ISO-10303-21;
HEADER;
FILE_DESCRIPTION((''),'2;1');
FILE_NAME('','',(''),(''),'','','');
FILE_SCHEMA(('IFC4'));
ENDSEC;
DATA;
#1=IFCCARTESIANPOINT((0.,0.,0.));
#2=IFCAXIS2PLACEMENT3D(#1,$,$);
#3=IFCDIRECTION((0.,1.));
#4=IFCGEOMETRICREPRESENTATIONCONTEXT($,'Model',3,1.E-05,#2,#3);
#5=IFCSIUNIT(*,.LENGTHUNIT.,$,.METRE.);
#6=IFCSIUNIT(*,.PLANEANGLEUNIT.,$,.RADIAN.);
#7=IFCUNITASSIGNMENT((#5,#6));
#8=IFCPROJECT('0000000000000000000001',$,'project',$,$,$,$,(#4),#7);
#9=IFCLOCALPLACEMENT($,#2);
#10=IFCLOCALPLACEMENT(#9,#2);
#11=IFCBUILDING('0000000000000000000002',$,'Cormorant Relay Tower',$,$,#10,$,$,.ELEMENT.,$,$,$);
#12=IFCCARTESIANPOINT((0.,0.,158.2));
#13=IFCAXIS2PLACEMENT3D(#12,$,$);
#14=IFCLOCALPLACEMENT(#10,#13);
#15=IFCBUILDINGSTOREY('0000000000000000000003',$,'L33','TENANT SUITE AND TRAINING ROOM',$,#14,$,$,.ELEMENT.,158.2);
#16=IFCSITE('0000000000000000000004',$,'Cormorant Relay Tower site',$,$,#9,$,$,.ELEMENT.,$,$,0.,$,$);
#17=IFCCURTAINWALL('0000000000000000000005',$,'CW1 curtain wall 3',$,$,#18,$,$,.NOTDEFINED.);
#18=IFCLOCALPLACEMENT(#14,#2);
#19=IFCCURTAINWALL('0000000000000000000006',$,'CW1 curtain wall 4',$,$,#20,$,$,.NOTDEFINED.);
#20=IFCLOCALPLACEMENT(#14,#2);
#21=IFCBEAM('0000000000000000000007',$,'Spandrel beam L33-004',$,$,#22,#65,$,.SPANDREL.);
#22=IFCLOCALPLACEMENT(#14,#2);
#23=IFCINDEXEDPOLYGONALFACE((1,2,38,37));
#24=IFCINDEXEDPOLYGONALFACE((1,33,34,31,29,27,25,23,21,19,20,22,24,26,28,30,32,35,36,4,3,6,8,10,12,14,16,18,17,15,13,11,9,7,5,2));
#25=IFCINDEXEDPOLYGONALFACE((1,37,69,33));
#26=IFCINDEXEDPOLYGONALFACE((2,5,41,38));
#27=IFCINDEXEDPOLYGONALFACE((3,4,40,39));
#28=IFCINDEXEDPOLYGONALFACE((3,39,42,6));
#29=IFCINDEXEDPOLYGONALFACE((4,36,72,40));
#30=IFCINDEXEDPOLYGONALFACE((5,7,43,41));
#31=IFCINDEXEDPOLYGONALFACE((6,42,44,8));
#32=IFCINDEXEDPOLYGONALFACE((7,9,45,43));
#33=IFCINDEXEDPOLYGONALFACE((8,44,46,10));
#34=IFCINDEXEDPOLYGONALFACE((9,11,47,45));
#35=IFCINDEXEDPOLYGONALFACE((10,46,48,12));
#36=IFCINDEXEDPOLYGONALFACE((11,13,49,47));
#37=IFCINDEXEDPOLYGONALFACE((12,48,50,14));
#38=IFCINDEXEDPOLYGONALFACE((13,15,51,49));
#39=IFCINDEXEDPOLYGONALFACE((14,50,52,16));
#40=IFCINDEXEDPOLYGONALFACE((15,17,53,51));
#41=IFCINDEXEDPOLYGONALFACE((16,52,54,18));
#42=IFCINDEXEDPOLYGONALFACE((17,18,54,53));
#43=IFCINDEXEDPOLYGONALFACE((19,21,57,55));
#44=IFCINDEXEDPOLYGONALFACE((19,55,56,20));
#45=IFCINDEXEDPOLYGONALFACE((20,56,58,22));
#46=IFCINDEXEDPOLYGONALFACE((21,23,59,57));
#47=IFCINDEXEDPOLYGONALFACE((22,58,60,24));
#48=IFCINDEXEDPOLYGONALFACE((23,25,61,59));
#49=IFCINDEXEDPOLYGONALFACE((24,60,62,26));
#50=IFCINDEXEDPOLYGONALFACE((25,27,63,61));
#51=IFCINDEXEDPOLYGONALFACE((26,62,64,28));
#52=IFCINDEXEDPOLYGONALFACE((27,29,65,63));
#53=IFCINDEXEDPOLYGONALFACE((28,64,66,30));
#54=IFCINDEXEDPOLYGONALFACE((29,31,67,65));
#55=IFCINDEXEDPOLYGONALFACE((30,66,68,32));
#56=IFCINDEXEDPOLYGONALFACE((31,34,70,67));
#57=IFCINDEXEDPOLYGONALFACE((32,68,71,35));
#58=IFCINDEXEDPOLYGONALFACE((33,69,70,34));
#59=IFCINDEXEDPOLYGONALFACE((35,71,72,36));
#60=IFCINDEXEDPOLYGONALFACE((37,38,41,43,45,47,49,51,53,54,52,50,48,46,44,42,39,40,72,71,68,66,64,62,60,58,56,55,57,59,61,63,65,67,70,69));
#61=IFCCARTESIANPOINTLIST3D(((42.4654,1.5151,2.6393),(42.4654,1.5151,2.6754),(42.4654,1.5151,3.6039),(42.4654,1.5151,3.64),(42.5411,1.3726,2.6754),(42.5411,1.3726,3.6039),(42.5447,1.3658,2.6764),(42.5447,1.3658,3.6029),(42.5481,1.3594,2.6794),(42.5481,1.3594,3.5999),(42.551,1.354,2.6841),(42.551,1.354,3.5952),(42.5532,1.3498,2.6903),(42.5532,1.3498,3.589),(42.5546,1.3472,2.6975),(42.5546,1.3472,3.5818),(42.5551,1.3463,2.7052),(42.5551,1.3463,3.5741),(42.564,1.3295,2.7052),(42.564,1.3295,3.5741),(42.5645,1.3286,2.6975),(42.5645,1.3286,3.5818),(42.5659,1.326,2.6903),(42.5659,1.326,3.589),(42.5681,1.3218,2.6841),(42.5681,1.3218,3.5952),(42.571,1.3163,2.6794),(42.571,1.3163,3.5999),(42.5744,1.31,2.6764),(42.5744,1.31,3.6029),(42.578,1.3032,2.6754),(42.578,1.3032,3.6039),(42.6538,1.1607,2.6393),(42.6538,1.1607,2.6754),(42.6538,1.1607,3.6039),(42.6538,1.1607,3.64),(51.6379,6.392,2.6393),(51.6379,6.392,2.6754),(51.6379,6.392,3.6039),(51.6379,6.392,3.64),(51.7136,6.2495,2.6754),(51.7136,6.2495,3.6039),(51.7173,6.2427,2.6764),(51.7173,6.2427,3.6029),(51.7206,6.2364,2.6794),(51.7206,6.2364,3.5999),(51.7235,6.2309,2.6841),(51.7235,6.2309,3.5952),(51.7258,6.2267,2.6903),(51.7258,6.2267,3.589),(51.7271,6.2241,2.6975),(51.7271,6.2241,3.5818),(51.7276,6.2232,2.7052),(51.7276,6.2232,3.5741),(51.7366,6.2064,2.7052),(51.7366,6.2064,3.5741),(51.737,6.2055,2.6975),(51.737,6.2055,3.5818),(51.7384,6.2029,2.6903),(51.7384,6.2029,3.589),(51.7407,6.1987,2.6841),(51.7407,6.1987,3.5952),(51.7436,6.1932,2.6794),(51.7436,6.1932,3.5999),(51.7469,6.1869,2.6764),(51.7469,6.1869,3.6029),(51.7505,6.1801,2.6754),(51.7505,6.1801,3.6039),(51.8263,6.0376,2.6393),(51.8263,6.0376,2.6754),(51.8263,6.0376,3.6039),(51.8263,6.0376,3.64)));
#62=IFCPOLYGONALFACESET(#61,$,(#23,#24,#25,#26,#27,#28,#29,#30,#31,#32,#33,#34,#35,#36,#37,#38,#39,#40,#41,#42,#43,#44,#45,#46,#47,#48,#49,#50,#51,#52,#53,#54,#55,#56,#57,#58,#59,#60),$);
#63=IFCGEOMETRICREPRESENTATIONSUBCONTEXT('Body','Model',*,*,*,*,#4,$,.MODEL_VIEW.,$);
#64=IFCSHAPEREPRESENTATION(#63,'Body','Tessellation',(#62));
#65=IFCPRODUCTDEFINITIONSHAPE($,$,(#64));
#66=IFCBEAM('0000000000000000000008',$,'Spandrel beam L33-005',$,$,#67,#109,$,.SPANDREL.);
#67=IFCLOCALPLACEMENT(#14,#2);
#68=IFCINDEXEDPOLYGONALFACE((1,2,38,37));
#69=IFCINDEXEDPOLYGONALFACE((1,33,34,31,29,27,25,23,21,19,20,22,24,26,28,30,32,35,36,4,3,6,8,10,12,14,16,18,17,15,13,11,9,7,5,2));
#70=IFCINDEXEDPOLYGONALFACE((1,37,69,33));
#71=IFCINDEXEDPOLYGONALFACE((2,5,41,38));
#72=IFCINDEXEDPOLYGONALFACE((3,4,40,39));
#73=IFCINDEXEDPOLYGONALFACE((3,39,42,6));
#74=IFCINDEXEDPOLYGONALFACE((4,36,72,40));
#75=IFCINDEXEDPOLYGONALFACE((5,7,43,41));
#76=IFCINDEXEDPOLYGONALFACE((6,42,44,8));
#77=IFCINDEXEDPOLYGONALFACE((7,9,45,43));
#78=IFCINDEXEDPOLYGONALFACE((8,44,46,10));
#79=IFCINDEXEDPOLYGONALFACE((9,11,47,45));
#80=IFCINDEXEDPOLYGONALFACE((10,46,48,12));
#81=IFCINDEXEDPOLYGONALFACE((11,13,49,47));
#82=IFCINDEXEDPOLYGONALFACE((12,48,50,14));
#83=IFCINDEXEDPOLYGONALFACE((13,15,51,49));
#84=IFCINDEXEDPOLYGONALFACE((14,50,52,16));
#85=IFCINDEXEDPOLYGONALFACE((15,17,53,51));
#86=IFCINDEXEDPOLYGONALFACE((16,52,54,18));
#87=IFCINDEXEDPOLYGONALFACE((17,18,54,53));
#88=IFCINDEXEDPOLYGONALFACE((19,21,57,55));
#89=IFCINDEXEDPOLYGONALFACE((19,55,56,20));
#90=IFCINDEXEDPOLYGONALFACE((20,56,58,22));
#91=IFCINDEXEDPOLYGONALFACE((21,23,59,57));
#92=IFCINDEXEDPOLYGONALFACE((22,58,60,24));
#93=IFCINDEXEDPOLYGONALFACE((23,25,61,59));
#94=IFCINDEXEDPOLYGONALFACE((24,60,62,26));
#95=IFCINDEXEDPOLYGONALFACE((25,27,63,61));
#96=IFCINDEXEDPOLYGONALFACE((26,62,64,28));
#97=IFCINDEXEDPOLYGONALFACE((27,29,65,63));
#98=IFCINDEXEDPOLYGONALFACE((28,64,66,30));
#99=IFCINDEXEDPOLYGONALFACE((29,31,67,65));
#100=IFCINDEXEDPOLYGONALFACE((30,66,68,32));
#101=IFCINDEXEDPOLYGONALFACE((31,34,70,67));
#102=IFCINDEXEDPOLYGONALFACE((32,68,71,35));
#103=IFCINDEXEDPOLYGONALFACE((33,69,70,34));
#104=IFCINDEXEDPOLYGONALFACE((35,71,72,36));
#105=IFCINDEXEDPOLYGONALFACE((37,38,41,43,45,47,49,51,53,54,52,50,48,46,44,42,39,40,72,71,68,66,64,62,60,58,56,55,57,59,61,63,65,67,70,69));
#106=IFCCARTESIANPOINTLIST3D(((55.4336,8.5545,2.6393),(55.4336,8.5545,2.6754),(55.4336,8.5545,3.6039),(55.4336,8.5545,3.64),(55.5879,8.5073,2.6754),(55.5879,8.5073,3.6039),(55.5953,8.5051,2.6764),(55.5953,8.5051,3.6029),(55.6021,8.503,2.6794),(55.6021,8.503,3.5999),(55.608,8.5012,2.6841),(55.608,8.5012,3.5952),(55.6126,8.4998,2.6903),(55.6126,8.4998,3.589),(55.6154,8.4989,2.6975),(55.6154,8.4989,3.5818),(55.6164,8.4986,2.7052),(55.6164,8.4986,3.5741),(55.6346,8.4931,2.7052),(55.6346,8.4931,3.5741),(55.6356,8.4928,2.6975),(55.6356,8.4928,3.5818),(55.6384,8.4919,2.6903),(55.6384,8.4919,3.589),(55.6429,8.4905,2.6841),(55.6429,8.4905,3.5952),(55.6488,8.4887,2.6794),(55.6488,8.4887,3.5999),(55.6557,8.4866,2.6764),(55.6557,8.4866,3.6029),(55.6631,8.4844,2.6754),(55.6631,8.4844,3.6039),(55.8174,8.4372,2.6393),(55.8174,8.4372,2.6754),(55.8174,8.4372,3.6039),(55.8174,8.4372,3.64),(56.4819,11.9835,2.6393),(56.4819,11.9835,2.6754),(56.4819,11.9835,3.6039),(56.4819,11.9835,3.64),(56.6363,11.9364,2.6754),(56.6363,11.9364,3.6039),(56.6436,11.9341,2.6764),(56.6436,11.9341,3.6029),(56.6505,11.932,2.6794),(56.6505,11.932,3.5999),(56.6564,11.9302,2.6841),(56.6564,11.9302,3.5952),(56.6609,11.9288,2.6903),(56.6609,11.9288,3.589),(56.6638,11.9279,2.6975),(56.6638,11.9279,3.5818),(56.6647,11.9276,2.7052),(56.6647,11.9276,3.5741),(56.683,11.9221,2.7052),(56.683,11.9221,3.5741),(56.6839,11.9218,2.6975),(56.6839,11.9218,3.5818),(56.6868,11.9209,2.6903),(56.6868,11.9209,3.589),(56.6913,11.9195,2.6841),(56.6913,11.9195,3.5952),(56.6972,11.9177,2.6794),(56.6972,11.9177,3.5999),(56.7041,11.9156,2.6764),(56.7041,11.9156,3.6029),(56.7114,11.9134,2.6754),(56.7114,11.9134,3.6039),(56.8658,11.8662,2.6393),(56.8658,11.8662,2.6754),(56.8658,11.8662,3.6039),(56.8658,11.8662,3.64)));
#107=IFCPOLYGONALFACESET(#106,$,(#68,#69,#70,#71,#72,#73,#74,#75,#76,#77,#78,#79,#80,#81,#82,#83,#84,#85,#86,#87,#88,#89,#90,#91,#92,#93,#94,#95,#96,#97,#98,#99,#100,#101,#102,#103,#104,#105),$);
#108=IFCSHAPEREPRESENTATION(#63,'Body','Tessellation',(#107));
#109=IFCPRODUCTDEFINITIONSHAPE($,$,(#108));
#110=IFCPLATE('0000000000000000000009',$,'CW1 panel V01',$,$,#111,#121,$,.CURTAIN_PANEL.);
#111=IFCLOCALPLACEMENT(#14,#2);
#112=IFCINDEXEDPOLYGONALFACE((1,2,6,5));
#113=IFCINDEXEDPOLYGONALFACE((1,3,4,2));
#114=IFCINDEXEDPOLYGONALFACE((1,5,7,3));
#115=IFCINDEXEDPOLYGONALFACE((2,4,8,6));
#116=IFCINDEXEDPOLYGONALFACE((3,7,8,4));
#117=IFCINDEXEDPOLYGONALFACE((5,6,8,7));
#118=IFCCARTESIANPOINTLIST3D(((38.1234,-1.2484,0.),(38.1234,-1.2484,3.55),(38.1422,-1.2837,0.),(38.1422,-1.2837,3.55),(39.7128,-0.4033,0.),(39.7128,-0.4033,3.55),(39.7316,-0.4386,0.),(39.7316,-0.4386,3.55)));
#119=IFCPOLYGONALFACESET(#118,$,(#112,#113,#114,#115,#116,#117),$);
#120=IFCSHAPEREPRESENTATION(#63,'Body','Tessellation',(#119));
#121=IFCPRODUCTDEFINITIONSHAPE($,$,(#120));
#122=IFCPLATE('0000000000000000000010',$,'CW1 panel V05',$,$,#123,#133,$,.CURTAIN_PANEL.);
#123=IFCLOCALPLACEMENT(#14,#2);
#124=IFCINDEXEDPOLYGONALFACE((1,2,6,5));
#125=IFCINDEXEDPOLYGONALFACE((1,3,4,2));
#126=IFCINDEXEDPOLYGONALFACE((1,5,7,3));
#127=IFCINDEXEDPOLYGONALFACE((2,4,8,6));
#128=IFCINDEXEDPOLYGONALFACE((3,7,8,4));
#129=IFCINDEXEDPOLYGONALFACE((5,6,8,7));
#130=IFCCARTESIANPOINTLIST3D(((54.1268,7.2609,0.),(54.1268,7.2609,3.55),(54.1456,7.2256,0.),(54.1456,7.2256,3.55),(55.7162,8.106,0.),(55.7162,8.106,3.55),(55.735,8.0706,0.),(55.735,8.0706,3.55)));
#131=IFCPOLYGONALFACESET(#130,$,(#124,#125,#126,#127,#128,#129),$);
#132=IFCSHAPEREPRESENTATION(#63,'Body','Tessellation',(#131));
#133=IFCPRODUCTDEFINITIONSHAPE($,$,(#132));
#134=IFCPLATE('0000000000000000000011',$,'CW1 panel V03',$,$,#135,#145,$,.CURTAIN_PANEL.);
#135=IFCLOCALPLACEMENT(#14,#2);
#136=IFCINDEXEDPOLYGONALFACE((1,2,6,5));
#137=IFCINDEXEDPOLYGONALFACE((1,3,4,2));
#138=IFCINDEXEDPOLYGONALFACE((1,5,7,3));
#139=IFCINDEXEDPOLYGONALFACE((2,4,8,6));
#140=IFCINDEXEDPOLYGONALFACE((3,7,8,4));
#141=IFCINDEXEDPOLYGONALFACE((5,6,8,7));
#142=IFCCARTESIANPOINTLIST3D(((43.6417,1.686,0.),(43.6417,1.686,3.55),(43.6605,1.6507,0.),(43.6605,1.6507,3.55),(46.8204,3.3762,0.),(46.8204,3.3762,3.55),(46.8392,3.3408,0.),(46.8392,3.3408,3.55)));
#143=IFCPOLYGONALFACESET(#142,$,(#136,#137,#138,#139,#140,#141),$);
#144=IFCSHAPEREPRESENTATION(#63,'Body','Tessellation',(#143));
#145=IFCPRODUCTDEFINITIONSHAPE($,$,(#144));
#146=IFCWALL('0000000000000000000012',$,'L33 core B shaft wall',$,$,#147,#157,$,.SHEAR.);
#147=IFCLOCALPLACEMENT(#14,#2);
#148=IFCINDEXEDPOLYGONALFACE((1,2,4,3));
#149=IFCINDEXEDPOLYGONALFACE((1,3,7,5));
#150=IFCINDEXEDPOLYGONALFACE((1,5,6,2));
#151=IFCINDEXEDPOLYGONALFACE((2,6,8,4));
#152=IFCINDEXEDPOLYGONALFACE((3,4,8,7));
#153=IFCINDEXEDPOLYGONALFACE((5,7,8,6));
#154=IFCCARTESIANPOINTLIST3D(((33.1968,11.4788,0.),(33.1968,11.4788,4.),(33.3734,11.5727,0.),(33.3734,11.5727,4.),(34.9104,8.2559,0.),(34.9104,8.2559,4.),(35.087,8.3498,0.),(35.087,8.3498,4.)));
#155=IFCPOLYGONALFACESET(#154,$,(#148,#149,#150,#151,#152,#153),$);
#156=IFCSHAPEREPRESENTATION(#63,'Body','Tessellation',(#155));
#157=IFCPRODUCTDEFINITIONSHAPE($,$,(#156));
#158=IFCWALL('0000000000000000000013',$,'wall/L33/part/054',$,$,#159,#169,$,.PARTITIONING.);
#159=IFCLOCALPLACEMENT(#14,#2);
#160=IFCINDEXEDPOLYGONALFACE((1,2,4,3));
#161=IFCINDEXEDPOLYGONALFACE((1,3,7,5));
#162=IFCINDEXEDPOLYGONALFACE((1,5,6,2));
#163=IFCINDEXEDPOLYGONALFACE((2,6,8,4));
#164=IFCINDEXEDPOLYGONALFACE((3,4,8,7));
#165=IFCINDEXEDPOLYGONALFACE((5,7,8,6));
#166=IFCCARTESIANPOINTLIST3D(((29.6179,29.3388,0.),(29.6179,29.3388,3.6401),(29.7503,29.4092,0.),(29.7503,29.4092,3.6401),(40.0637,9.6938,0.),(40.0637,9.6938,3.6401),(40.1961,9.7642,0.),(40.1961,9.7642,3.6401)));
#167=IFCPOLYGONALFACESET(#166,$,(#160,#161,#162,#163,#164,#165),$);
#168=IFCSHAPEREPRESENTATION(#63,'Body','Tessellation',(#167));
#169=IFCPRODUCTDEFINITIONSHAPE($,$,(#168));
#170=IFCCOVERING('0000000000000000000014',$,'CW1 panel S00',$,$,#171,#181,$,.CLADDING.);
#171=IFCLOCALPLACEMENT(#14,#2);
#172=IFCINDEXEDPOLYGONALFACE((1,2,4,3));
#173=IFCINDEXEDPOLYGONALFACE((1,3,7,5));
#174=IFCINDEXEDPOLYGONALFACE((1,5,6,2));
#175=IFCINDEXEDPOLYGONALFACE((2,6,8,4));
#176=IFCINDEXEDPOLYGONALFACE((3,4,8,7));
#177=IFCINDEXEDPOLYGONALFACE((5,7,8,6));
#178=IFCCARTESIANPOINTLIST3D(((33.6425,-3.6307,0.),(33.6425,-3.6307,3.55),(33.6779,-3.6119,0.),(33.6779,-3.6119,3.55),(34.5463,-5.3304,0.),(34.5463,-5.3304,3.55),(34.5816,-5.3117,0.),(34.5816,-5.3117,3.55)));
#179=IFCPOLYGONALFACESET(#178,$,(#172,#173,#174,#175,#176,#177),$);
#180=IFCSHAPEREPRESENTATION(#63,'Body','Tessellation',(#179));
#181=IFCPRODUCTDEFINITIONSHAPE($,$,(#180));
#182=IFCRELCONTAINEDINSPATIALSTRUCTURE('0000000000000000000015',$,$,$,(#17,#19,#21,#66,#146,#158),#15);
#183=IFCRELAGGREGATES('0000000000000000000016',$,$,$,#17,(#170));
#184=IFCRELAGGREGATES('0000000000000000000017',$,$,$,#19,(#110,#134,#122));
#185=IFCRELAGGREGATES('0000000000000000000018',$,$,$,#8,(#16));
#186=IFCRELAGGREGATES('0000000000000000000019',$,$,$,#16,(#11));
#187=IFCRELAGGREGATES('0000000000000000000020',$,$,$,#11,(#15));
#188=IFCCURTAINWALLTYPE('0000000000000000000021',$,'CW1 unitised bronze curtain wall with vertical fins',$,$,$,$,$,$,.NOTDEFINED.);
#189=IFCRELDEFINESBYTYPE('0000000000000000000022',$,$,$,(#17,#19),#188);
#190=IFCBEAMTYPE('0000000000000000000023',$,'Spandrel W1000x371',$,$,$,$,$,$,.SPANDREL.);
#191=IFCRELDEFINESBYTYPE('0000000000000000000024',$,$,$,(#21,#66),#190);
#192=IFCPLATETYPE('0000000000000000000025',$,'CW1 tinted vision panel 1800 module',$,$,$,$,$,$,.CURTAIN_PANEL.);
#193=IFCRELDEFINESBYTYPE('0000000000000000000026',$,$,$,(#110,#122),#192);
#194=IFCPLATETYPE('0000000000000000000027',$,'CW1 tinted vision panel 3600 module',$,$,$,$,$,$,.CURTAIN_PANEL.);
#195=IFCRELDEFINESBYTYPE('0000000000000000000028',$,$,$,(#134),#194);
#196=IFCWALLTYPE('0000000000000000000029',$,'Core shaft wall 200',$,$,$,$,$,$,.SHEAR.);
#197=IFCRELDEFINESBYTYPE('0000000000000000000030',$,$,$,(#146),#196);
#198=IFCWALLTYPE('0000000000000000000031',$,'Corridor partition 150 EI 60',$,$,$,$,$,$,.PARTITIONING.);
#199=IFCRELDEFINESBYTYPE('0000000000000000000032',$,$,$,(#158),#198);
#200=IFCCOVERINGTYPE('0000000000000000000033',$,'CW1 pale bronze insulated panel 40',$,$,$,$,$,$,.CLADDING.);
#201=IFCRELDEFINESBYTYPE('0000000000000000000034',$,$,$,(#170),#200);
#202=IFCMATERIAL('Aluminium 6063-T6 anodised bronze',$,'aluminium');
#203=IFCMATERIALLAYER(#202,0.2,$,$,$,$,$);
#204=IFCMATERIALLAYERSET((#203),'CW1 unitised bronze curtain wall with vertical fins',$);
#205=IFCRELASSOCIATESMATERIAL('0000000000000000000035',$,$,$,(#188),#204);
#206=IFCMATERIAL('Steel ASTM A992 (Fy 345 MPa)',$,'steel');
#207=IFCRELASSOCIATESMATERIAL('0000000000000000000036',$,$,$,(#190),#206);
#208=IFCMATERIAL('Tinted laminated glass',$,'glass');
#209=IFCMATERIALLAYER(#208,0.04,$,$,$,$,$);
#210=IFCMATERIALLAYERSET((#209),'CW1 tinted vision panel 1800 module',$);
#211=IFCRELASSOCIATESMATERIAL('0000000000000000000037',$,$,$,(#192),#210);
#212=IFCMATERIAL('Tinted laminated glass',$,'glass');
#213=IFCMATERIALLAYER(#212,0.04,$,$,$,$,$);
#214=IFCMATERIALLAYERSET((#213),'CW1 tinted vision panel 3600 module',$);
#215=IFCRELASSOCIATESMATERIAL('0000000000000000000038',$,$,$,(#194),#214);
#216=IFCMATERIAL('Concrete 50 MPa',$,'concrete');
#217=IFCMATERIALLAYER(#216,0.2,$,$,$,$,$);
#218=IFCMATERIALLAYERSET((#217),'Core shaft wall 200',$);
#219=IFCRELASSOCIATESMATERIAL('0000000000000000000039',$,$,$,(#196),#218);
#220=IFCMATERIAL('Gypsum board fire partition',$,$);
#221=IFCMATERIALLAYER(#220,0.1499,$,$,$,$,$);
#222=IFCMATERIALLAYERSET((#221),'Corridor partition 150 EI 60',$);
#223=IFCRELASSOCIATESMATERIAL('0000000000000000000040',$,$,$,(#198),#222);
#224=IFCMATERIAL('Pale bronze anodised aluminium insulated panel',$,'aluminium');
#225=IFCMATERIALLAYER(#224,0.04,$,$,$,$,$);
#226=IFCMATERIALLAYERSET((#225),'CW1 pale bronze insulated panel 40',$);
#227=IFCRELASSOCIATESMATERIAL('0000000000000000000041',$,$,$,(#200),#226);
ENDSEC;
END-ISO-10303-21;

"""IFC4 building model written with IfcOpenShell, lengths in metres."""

from ifc_helpers import new_model, si_unit, direction, frame, frame_2d, origin, origin_2d, place, context, subcontext, project, spatial, rectangle, i_section, extrude, material, layer, layer_set, material_profile, profile_set, type_object, element, aggregate, save


model = new_model("IFC4")

# Units and contexts
model_context = context("Model", 3, precision=1e-05, world=origin(), true_north=direction((0.0, 1.0)))
body_context = subcontext(model_context, "Body", "Model", "MODEL_VIEW")
ifc_project = project(units=[si_unit("LENGTHUNIT", "METRE"), si_unit("PLANEANGLEUNIT", "RADIAN")], contexts=[model_context])

# Site, building, storey
site_placement = place(None, origin())
site = spatial("IfcSite", under=ifc_project, at=site_placement, Name="Cormorant Relay Tower site", CompositionType="ELEMENT", RefElevation=0.0)
building_placement = place(site_placement, origin())
building = spatial("IfcBuilding", under=site, at=building_placement, Name="Cormorant Relay Tower", CompositionType="ELEMENT")
storey_placement = place(building_placement, frame((0.0, 0.0, 158.2)))
storey = spatial("IfcBuildingStorey", under=building, at=storey_placement, Name="L33", Description="TENANT SUITE AND TRAINING ROOM", CompositionType="ELEMENT", Elevation=158.2)

# Curtain wall
ifc_material_1 = material(Name="Aluminium 6063-T6 anodised bronze", Category="aluminium")
ifc_layer_1 = layer(ifc_material_1, 0.2)
ifc_layer_set_1 = layer_set([ifc_layer_1], Name="CW1 unitised bronze curtain wall with vertical fins")
curtain_wall_type = type_object("IfcCurtainWallType", Name="CW1 unitised bronze curtain wall with vertical fins", PredefinedType="NOTDEFINED", material=ifc_layer_set_1)
curtain_wall_1_placement = place(storey_placement, origin())
curtain_wall_1 = element("IfcCurtainWall", 1, at=curtain_wall_1_placement, inside=storey, type_object=curtain_wall_type, Name="CW1 curtain wall 3", PredefinedType="NOTDEFINED")

# Curtain wall
curtain_wall_2_placement = place(storey_placement, origin())
curtain_wall_2 = element("IfcCurtainWall", 2, at=curtain_wall_2_placement, inside=storey, type_object=curtain_wall_type, Name="CW1 curtain wall 4", PredefinedType="NOTDEFINED")

# Beams
ifc_material_2 = material(Name="Steel ASTM A992 (Fy 345 MPa)", Category="steel")
ifc_material_profile_1 = material_profile(ifc_material_2, i_section(OverallWidth=0.4014, OverallDepth=1.0007, WebThickness=0.019, FlangeThickness=0.0361, FilletRadius=0.0298, at=origin_2d()), Name="W1000x371")
ifc_profile_set_1 = profile_set([ifc_material_profile_1], Name="Steel ASTM A992 (Fy 345 MPa)")
beam_type = type_object("IfcBeamType", Name="Spandrel W1000x371", PredefinedType="SPANDREL", material=ifc_profile_set_1)
beam_1_placement = place(storey_placement, frame((42.5596, 1.3379, 3.1396), z_axis=(0.882956, 0.469456, 0.0), x_axis=(-0.469456, 0.882956, 0.0)))
element("IfcBeam", 3, at=beam_1_placement, inside=storey, type_object=beam_type, Name="Spandrel beam L33-004", PredefinedType="SPANDREL", context=body_context, shape_type="SweptSolid", body=[
    extrude(i_section(OverallWidth=0.4014, OverallDepth=1.0007, WebThickness=0.019, FlangeThickness=0.0361, FilletRadius=0.0298, at=origin_2d()), origin(), (0.0, 0.0, 1.0), 10.3884),
])
beam_2_placement = place(storey_placement, frame((55.6255, 8.4958, 3.1396), z_axis=(0.292372, 0.956305, 0.0), x_axis=(-0.956305, 0.292372, 0.0)))
element("IfcBeam", 4, at=beam_2_placement, inside=storey, type_object=beam_type, Name="Spandrel beam L33-005", PredefinedType="SPANDREL", context=body_context, shape_type="SweptSolid", body=[
    extrude(i_section(OverallWidth=0.4014, OverallDepth=1.0007, WebThickness=0.019, FlangeThickness=0.0361, FilletRadius=0.0298, at=origin_2d()), origin(), (0.0, 0.0, 1.0), 3.5857),
])

# Plates
ifc_material_3 = material(Name="Tinted laminated glass", Category="glass")
ifc_layer_2 = layer(ifc_material_3, 0.04)
ifc_layer_set_2 = layer_set([ifc_layer_2], Name="CW1 tinted vision panel 1800 module")
plate_type_1 = type_object("IfcPlateType", Name="CW1 tinted vision panel 1800 module", PredefinedType="CURTAIN_PANEL", material=ifc_layer_set_2)
plate_1_placement = place(storey_placement, frame((38.9275, -0.8435, 0.0), z_axis=(0.0, 0.0, 1.0), x_axis=(0.882948, 0.469472, 0.0)))
plate_1 = element("IfcPlate", 5, at=plate_1_placement, type_object=plate_type_1, Name="CW1 panel V01", PredefinedType="CURTAIN_PANEL", context=body_context, shape_type="SweptSolid", body=[
    extrude(rectangle(XDim=1.8, YDim=0.04, at=origin_2d()), origin(), (0.0, 0.0, 1.0), 3.55),
])
plate_2_placement = place(storey_placement, frame((54.9309, 7.6658, 0.0), z_axis=(0.0, 0.0, 1.0), x_axis=(0.882948, 0.469472, 0.0)))
plate_2 = element("IfcPlate", 6, at=plate_2_placement, type_object=plate_type_1, Name="CW1 panel V05", PredefinedType="CURTAIN_PANEL", context=body_context, shape_type="SweptSolid", body=[
    extrude(rectangle(XDim=1.8, YDim=0.04, at=origin_2d()), origin(), (0.0, 0.0, 1.0), 3.55),
])
ifc_material_4 = material(Name="Tinted laminated glass", Category="glass")
ifc_layer_3 = layer(ifc_material_4, 0.04)
ifc_layer_set_3 = layer_set([ifc_layer_3], Name="CW1 tinted vision panel 3600 module")
plate_type_2 = type_object("IfcPlateType", Name="CW1 tinted vision panel 3600 module", PredefinedType="CURTAIN_PANEL", material=ifc_layer_set_3)
plate_3_placement = place(storey_placement, frame((45.2405, 2.5134, 0.0), z_axis=(0.0, 0.0, 1.0), x_axis=(0.882948, 0.469472, 0.0)))
plate_3 = element("IfcPlate", 7, at=plate_3_placement, type_object=plate_type_2, Name="CW1 panel V03", PredefinedType="CURTAIN_PANEL", context=body_context, shape_type="SweptSolid", body=[
    extrude(rectangle(XDim=3.6001, YDim=0.04, at=origin_2d()), origin(), (0.0, 0.0, 1.0), 3.55),
])

# Wall
ifc_material_5 = material(Name="Concrete 50 MPa", Category="concrete")
ifc_layer_4 = layer(ifc_material_5, 0.2)
ifc_layer_set_4 = layer_set([ifc_layer_4], Name="Core shaft wall 200")
wall_type_1 = type_object("IfcWallType", Name="Core shaft wall 200", PredefinedType="SHEAR", material=ifc_layer_set_4)
wall_1_placement = place(storey_placement, frame((34.9988, 8.3027, 0.0), z_axis=(0.0, 0.0, 1.0), x_axis=(-0.469467, 0.88295, 0.0)))
element("IfcWall", 8, at=wall_1_placement, inside=storey, type_object=wall_type_1, Name="L33 core B shaft wall", PredefinedType="SHEAR", context=body_context, shape_type="SweptSolid", body=[
    extrude(rectangle(XDim=3.6501, YDim=0.2, at=frame_2d((1.8252, 0.0))), origin(), (0.0, 0.0, 1.0), 4.0),
])

# Wall
ifc_material_6 = material(Name="Gypsum board fire partition")
ifc_layer_5 = layer(ifc_material_6, 0.1499)
ifc_layer_set_5 = layer_set([ifc_layer_5], Name="Corridor partition 150 EI 60")
wall_type_2 = type_object("IfcWallType", Name="Corridor partition 150 EI 60", PredefinedType="PARTITIONING", material=ifc_layer_set_5)
wall_2_placement = place(storey_placement, frame((40.1299, 9.729, 0.0), z_axis=(0.0, 0.0, 1.0), x_axis=(-0.469484, 0.882941, 0.0)))
element("IfcWall", 9, at=wall_2_placement, inside=storey, type_object=wall_type_2, Name="wall/L33/part/054", PredefinedType="PARTITIONING", context=body_context, shape_type="SweptSolid", body=[
    extrude(rectangle(XDim=22.2495, YDim=0.1499, at=frame_2d((11.1248, 0.0))), origin(), (0.0, 0.0, 1.0), 3.6401),
])

# Covering
ifc_material_7 = material(Name="Pale bronze anodised aluminium insulated panel", Category="aluminium")
ifc_layer_6 = layer(ifc_material_7, 0.04)
ifc_layer_set_6 = layer_set([ifc_layer_6], Name="CW1 pale bronze insulated panel 40")
covering_type = type_object("IfcCoveringType", Name="CW1 pale bronze insulated panel 40", PredefinedType="CLADDING", material=ifc_layer_set_6)
covering_1_placement = place(storey_placement, frame((34.1121, -4.4712, 0.0), z_axis=(0.0, 0.0, 1.0), x_axis=(-0.469472, 0.882948, 0.0)))
covering_1 = element("IfcCovering", 10, at=covering_1_placement, type_object=covering_type, Name="CW1 panel S00", PredefinedType="CLADDING", context=body_context, shape_type="SweptSolid", body=[
    extrude(rectangle(XDim=1.925, YDim=0.04, at=origin_2d()), origin(), (0.0, 0.0, 1.0), 3.55),
])
aggregate(curtain_wall_1, [covering_1])
aggregate(curtain_wall_2, [plate_1, plate_3, plate_2])

save(model, "model.ifc")
